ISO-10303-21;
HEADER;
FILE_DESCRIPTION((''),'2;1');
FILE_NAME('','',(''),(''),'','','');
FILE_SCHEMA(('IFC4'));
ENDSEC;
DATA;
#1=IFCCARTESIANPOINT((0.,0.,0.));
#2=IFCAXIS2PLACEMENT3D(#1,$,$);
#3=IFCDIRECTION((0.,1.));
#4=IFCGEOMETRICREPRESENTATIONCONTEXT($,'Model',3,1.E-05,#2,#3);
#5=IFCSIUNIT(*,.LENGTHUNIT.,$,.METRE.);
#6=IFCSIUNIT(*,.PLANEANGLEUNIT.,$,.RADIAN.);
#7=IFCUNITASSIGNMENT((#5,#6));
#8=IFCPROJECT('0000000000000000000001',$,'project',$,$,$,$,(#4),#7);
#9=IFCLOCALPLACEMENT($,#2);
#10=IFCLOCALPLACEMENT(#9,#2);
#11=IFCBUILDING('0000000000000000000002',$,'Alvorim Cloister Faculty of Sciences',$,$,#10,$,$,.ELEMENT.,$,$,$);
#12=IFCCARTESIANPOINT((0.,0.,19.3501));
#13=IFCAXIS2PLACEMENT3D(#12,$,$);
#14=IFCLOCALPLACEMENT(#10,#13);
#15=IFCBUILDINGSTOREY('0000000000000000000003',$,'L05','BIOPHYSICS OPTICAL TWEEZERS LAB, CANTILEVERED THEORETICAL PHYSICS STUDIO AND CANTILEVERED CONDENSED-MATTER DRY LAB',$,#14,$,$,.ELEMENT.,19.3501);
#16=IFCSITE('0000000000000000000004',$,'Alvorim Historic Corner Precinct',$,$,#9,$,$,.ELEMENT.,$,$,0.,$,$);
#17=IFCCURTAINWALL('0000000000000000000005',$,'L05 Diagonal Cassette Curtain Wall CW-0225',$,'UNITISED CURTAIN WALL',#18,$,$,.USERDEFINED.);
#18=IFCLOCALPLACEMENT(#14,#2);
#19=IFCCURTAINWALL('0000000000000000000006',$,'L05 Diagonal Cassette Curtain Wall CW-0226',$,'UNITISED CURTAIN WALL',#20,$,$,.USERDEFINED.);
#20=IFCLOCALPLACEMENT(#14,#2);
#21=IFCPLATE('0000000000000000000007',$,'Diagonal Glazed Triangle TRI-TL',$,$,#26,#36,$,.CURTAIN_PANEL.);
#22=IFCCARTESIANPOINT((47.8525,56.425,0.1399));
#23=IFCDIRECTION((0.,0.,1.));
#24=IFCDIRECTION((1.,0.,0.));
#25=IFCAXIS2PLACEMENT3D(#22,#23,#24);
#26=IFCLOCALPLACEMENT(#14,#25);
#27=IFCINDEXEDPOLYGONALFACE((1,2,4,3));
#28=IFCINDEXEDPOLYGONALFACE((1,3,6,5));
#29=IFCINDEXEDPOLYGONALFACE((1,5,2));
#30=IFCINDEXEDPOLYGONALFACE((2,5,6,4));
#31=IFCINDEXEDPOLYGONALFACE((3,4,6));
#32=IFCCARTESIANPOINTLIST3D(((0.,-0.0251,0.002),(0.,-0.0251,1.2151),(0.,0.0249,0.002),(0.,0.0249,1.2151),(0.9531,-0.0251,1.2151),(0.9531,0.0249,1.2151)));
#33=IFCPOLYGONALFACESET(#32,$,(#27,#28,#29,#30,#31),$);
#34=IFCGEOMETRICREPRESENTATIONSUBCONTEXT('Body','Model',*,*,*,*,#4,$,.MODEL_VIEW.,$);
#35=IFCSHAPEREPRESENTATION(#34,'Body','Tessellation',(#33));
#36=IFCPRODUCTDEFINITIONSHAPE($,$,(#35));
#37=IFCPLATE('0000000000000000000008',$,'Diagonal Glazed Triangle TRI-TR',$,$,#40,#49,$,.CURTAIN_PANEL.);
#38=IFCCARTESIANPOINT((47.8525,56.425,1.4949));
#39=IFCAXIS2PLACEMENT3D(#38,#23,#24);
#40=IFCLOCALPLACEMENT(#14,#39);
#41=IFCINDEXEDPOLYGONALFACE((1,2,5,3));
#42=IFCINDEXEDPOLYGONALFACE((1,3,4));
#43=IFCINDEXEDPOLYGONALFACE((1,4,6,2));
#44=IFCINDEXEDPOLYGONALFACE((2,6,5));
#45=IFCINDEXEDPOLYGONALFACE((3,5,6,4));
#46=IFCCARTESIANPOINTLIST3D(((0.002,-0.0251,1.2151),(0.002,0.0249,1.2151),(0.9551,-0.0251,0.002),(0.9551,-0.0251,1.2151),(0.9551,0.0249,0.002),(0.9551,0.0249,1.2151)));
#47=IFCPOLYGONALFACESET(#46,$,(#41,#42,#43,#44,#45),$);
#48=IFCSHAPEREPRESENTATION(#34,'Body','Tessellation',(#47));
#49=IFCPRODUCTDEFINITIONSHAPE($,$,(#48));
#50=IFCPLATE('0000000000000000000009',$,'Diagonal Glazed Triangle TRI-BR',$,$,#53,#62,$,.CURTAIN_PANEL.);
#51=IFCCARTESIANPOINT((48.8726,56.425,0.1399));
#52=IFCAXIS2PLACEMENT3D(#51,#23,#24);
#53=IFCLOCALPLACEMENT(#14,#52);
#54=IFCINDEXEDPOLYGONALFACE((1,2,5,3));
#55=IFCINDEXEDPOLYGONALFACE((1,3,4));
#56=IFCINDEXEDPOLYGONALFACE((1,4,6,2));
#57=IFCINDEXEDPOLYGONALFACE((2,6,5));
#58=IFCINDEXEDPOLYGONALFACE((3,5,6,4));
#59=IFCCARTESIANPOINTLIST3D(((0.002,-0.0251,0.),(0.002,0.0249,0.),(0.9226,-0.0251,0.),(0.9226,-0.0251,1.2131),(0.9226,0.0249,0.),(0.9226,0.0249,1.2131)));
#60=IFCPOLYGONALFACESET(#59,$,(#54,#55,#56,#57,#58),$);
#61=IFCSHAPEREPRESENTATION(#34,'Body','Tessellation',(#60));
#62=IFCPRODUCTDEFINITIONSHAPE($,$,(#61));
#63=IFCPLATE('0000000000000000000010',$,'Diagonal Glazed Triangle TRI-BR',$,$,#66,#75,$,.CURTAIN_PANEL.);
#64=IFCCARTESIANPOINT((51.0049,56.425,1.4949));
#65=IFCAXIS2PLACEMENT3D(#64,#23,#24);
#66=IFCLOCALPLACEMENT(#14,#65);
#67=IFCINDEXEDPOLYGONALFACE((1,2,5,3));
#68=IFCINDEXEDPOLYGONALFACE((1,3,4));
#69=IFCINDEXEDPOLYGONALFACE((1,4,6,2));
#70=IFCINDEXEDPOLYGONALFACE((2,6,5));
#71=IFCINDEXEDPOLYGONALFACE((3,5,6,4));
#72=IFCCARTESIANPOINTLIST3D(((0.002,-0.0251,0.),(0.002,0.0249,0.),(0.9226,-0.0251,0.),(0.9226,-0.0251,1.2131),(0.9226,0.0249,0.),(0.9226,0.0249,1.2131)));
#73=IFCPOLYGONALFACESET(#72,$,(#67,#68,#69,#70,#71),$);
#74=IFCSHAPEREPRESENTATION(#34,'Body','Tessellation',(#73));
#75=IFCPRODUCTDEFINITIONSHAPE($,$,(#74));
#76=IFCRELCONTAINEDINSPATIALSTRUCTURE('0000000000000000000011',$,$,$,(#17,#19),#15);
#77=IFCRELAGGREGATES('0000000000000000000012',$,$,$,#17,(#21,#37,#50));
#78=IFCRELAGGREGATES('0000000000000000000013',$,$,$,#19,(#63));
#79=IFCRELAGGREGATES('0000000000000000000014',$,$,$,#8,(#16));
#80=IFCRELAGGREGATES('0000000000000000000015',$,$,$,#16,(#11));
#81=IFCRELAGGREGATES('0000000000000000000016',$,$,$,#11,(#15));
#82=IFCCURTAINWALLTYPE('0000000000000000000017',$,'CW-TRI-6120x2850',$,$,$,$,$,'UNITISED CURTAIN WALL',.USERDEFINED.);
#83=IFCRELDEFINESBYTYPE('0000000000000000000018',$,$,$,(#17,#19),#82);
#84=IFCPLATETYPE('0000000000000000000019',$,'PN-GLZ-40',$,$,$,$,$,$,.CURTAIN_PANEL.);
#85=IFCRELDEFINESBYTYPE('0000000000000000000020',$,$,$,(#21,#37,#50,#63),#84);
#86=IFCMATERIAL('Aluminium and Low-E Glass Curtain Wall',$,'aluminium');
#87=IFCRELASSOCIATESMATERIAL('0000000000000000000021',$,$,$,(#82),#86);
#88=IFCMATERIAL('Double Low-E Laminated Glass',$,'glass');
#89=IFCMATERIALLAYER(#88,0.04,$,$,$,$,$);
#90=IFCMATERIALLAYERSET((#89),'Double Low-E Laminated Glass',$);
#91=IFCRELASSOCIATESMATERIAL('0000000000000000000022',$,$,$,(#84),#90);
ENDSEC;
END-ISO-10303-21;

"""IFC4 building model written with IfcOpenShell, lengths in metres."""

from ifc_helpers import new_model, si_unit, direction, frame, origin, place, context, subcontext, project, spatial, polyline, outline, extrude, material, layer, layer_set, type_object, element, aggregate, save


model = new_model("IFC4")

# Units and contexts
model_context = context("Model", 3, precision=1e-05, world=origin(), true_north=direction((0.0, 1.0)))
body_context = subcontext(model_context, "Body", "Model", "MODEL_VIEW")
ifc_project = project(units=[si_unit("LENGTHUNIT", "METRE"), si_unit("PLANEANGLEUNIT", "RADIAN")], contexts=[model_context])

# Site, building, storey
site_placement = place(None, origin())
site = spatial("IfcSite", under=ifc_project, at=site_placement, Name="Alvorim Historic Corner Precinct", CompositionType="ELEMENT", RefElevation=0.0)
building_placement = place(site_placement, origin())
building = spatial("IfcBuilding", under=site, at=building_placement, Name="Alvorim Cloister Faculty of Sciences", CompositionType="ELEMENT")
storey_placement = place(building_placement, frame((0.0, 0.0, 19.3501)))
storey = spatial("IfcBuildingStorey", under=building, at=storey_placement, Name="L05", Description="BIOPHYSICS OPTICAL TWEEZERS LAB, CANTILEVERED THEORETICAL PHYSICS STUDIO AND CANTILEVERED CONDENSED-MATTER DRY LAB", CompositionType="ELEMENT", Elevation=19.3501)

# Curtain walls
ifc_material_1 = material(Name="Aluminium and Low-E Glass Curtain Wall", Category="aluminium")
curtain_wall_type = type_object("IfcCurtainWallType", Name="CW-TRI-6120x2850", ElementType="UNITISED CURTAIN WALL", PredefinedType="USERDEFINED", material=ifc_material_1)
curtain_wall_1_placement = place(storey_placement, origin())
curtain_wall_1 = element("IfcCurtainWall", 1, at=curtain_wall_1_placement, inside=storey, type_object=curtain_wall_type, Name="L05 Diagonal Cassette Curtain Wall CW-0225", ObjectType="UNITISED CURTAIN WALL", PredefinedType="USERDEFINED")
curtain_wall_2_placement = place(storey_placement, origin())
curtain_wall_2 = element("IfcCurtainWall", 2, at=curtain_wall_2_placement, inside=storey, type_object=curtain_wall_type, Name="L05 Diagonal Cassette Curtain Wall CW-0226", ObjectType="UNITISED CURTAIN WALL", PredefinedType="USERDEFINED")

# Plates
ifc_material_2 = material(Name="Double Low-E Laminated Glass", Category="glass")
ifc_layer_1 = layer(ifc_material_2, 0.04)
ifc_layer_set_1 = layer_set([ifc_layer_1], Name="Double Low-E Laminated Glass")
plate_type = type_object("IfcPlateType", Name="PN-GLZ-40", PredefinedType="CURTAIN_PANEL", material=ifc_layer_set_1)
plate_1_placement = place(storey_placement, frame((47.8525, 56.425, 0.1399), z_axis=(0.0, 0.0, 1.0), x_axis=(1.0, 0.0, 0.0)))
plate_1 = element("IfcPlate", 3, at=plate_1_placement, type_object=plate_type, Name="Diagonal Glazed Triangle TRI-TL", PredefinedType="CURTAIN_PANEL", context=body_context, shape_type="SweptSolid", body=[
    extrude(outline(polyline([(0.9531, 1.2151), (0.0, 1.2151), (0.0, 0.002), (0.9531, 1.2151)])), frame((0.0, 0.0249, 0.0), z_axis=(0.0, -1.0, 0.0), x_axis=(1.0, 0.0, 0.0)), (0.0, 0.0, 1.0), 0.05),
])
plate_2_placement = place(storey_placement, frame((47.8525, 56.425, 1.4949), z_axis=(0.0, 0.0, 1.0), x_axis=(1.0, 0.0, 0.0)))
plate_2 = element("IfcPlate", 4, at=plate_2_placement, type_object=plate_type, Name="Diagonal Glazed Triangle TRI-TR", PredefinedType="CURTAIN_PANEL", context=body_context, shape_type="SweptSolid", body=[
    extrude(outline(polyline([(0.9551, 0.002), (0.9551, 1.2151), (0.002, 1.2151), (0.9551, 0.002)])), frame((0.0, 0.0249, 0.0), z_axis=(0.0, -1.0, 0.0), x_axis=(1.0, 0.0, 0.0)), (0.0, 0.0, 1.0), 0.05),
])
plate_3_placement = place(storey_placement, frame((48.8726, 56.425, 0.1399), z_axis=(0.0, 0.0, 1.0), x_axis=(1.0, 0.0, 0.0)))
plate_3 = element("IfcPlate", 5, at=plate_3_placement, type_object=plate_type, Name="Diagonal Glazed Triangle TRI-BR", PredefinedType="CURTAIN_PANEL", context=body_context, shape_type="SweptSolid", body=[
    extrude(outline(polyline([(0.002, 0.0), (0.9226, 0.0), (0.9226, 1.2131), (0.002, 0.0)])), frame((0.0, 0.0249, 0.0), z_axis=(0.0, -1.0, 0.0), x_axis=(1.0, 0.0, 0.0)), (0.0, 0.0, 1.0), 0.05),
])
aggregate(curtain_wall_1, [plate_1, plate_2, plate_3])
plate_4_placement = place(storey_placement, frame((51.0049, 56.425, 1.4949), z_axis=(0.0, 0.0, 1.0), x_axis=(1.0, 0.0, 0.0)))
plate_4 = element("IfcPlate", 6, at=plate_4_placement, type_object=plate_type, Name="Diagonal Glazed Triangle TRI-BR", PredefinedType="CURTAIN_PANEL", context=body_context, shape_type="SweptSolid", body=[
    extrude(outline(polyline([(0.002, 0.0), (0.9226, 0.0), (0.9226, 1.2131), (0.002, 0.0)])), frame((0.0, 0.0249, 0.0), z_axis=(0.0, -1.0, 0.0), x_axis=(1.0, 0.0, 0.0)), (0.0, 0.0, 1.0), 0.05),
])
aggregate(curtain_wall_2, [plate_4])

save(model, "model.ifc")
